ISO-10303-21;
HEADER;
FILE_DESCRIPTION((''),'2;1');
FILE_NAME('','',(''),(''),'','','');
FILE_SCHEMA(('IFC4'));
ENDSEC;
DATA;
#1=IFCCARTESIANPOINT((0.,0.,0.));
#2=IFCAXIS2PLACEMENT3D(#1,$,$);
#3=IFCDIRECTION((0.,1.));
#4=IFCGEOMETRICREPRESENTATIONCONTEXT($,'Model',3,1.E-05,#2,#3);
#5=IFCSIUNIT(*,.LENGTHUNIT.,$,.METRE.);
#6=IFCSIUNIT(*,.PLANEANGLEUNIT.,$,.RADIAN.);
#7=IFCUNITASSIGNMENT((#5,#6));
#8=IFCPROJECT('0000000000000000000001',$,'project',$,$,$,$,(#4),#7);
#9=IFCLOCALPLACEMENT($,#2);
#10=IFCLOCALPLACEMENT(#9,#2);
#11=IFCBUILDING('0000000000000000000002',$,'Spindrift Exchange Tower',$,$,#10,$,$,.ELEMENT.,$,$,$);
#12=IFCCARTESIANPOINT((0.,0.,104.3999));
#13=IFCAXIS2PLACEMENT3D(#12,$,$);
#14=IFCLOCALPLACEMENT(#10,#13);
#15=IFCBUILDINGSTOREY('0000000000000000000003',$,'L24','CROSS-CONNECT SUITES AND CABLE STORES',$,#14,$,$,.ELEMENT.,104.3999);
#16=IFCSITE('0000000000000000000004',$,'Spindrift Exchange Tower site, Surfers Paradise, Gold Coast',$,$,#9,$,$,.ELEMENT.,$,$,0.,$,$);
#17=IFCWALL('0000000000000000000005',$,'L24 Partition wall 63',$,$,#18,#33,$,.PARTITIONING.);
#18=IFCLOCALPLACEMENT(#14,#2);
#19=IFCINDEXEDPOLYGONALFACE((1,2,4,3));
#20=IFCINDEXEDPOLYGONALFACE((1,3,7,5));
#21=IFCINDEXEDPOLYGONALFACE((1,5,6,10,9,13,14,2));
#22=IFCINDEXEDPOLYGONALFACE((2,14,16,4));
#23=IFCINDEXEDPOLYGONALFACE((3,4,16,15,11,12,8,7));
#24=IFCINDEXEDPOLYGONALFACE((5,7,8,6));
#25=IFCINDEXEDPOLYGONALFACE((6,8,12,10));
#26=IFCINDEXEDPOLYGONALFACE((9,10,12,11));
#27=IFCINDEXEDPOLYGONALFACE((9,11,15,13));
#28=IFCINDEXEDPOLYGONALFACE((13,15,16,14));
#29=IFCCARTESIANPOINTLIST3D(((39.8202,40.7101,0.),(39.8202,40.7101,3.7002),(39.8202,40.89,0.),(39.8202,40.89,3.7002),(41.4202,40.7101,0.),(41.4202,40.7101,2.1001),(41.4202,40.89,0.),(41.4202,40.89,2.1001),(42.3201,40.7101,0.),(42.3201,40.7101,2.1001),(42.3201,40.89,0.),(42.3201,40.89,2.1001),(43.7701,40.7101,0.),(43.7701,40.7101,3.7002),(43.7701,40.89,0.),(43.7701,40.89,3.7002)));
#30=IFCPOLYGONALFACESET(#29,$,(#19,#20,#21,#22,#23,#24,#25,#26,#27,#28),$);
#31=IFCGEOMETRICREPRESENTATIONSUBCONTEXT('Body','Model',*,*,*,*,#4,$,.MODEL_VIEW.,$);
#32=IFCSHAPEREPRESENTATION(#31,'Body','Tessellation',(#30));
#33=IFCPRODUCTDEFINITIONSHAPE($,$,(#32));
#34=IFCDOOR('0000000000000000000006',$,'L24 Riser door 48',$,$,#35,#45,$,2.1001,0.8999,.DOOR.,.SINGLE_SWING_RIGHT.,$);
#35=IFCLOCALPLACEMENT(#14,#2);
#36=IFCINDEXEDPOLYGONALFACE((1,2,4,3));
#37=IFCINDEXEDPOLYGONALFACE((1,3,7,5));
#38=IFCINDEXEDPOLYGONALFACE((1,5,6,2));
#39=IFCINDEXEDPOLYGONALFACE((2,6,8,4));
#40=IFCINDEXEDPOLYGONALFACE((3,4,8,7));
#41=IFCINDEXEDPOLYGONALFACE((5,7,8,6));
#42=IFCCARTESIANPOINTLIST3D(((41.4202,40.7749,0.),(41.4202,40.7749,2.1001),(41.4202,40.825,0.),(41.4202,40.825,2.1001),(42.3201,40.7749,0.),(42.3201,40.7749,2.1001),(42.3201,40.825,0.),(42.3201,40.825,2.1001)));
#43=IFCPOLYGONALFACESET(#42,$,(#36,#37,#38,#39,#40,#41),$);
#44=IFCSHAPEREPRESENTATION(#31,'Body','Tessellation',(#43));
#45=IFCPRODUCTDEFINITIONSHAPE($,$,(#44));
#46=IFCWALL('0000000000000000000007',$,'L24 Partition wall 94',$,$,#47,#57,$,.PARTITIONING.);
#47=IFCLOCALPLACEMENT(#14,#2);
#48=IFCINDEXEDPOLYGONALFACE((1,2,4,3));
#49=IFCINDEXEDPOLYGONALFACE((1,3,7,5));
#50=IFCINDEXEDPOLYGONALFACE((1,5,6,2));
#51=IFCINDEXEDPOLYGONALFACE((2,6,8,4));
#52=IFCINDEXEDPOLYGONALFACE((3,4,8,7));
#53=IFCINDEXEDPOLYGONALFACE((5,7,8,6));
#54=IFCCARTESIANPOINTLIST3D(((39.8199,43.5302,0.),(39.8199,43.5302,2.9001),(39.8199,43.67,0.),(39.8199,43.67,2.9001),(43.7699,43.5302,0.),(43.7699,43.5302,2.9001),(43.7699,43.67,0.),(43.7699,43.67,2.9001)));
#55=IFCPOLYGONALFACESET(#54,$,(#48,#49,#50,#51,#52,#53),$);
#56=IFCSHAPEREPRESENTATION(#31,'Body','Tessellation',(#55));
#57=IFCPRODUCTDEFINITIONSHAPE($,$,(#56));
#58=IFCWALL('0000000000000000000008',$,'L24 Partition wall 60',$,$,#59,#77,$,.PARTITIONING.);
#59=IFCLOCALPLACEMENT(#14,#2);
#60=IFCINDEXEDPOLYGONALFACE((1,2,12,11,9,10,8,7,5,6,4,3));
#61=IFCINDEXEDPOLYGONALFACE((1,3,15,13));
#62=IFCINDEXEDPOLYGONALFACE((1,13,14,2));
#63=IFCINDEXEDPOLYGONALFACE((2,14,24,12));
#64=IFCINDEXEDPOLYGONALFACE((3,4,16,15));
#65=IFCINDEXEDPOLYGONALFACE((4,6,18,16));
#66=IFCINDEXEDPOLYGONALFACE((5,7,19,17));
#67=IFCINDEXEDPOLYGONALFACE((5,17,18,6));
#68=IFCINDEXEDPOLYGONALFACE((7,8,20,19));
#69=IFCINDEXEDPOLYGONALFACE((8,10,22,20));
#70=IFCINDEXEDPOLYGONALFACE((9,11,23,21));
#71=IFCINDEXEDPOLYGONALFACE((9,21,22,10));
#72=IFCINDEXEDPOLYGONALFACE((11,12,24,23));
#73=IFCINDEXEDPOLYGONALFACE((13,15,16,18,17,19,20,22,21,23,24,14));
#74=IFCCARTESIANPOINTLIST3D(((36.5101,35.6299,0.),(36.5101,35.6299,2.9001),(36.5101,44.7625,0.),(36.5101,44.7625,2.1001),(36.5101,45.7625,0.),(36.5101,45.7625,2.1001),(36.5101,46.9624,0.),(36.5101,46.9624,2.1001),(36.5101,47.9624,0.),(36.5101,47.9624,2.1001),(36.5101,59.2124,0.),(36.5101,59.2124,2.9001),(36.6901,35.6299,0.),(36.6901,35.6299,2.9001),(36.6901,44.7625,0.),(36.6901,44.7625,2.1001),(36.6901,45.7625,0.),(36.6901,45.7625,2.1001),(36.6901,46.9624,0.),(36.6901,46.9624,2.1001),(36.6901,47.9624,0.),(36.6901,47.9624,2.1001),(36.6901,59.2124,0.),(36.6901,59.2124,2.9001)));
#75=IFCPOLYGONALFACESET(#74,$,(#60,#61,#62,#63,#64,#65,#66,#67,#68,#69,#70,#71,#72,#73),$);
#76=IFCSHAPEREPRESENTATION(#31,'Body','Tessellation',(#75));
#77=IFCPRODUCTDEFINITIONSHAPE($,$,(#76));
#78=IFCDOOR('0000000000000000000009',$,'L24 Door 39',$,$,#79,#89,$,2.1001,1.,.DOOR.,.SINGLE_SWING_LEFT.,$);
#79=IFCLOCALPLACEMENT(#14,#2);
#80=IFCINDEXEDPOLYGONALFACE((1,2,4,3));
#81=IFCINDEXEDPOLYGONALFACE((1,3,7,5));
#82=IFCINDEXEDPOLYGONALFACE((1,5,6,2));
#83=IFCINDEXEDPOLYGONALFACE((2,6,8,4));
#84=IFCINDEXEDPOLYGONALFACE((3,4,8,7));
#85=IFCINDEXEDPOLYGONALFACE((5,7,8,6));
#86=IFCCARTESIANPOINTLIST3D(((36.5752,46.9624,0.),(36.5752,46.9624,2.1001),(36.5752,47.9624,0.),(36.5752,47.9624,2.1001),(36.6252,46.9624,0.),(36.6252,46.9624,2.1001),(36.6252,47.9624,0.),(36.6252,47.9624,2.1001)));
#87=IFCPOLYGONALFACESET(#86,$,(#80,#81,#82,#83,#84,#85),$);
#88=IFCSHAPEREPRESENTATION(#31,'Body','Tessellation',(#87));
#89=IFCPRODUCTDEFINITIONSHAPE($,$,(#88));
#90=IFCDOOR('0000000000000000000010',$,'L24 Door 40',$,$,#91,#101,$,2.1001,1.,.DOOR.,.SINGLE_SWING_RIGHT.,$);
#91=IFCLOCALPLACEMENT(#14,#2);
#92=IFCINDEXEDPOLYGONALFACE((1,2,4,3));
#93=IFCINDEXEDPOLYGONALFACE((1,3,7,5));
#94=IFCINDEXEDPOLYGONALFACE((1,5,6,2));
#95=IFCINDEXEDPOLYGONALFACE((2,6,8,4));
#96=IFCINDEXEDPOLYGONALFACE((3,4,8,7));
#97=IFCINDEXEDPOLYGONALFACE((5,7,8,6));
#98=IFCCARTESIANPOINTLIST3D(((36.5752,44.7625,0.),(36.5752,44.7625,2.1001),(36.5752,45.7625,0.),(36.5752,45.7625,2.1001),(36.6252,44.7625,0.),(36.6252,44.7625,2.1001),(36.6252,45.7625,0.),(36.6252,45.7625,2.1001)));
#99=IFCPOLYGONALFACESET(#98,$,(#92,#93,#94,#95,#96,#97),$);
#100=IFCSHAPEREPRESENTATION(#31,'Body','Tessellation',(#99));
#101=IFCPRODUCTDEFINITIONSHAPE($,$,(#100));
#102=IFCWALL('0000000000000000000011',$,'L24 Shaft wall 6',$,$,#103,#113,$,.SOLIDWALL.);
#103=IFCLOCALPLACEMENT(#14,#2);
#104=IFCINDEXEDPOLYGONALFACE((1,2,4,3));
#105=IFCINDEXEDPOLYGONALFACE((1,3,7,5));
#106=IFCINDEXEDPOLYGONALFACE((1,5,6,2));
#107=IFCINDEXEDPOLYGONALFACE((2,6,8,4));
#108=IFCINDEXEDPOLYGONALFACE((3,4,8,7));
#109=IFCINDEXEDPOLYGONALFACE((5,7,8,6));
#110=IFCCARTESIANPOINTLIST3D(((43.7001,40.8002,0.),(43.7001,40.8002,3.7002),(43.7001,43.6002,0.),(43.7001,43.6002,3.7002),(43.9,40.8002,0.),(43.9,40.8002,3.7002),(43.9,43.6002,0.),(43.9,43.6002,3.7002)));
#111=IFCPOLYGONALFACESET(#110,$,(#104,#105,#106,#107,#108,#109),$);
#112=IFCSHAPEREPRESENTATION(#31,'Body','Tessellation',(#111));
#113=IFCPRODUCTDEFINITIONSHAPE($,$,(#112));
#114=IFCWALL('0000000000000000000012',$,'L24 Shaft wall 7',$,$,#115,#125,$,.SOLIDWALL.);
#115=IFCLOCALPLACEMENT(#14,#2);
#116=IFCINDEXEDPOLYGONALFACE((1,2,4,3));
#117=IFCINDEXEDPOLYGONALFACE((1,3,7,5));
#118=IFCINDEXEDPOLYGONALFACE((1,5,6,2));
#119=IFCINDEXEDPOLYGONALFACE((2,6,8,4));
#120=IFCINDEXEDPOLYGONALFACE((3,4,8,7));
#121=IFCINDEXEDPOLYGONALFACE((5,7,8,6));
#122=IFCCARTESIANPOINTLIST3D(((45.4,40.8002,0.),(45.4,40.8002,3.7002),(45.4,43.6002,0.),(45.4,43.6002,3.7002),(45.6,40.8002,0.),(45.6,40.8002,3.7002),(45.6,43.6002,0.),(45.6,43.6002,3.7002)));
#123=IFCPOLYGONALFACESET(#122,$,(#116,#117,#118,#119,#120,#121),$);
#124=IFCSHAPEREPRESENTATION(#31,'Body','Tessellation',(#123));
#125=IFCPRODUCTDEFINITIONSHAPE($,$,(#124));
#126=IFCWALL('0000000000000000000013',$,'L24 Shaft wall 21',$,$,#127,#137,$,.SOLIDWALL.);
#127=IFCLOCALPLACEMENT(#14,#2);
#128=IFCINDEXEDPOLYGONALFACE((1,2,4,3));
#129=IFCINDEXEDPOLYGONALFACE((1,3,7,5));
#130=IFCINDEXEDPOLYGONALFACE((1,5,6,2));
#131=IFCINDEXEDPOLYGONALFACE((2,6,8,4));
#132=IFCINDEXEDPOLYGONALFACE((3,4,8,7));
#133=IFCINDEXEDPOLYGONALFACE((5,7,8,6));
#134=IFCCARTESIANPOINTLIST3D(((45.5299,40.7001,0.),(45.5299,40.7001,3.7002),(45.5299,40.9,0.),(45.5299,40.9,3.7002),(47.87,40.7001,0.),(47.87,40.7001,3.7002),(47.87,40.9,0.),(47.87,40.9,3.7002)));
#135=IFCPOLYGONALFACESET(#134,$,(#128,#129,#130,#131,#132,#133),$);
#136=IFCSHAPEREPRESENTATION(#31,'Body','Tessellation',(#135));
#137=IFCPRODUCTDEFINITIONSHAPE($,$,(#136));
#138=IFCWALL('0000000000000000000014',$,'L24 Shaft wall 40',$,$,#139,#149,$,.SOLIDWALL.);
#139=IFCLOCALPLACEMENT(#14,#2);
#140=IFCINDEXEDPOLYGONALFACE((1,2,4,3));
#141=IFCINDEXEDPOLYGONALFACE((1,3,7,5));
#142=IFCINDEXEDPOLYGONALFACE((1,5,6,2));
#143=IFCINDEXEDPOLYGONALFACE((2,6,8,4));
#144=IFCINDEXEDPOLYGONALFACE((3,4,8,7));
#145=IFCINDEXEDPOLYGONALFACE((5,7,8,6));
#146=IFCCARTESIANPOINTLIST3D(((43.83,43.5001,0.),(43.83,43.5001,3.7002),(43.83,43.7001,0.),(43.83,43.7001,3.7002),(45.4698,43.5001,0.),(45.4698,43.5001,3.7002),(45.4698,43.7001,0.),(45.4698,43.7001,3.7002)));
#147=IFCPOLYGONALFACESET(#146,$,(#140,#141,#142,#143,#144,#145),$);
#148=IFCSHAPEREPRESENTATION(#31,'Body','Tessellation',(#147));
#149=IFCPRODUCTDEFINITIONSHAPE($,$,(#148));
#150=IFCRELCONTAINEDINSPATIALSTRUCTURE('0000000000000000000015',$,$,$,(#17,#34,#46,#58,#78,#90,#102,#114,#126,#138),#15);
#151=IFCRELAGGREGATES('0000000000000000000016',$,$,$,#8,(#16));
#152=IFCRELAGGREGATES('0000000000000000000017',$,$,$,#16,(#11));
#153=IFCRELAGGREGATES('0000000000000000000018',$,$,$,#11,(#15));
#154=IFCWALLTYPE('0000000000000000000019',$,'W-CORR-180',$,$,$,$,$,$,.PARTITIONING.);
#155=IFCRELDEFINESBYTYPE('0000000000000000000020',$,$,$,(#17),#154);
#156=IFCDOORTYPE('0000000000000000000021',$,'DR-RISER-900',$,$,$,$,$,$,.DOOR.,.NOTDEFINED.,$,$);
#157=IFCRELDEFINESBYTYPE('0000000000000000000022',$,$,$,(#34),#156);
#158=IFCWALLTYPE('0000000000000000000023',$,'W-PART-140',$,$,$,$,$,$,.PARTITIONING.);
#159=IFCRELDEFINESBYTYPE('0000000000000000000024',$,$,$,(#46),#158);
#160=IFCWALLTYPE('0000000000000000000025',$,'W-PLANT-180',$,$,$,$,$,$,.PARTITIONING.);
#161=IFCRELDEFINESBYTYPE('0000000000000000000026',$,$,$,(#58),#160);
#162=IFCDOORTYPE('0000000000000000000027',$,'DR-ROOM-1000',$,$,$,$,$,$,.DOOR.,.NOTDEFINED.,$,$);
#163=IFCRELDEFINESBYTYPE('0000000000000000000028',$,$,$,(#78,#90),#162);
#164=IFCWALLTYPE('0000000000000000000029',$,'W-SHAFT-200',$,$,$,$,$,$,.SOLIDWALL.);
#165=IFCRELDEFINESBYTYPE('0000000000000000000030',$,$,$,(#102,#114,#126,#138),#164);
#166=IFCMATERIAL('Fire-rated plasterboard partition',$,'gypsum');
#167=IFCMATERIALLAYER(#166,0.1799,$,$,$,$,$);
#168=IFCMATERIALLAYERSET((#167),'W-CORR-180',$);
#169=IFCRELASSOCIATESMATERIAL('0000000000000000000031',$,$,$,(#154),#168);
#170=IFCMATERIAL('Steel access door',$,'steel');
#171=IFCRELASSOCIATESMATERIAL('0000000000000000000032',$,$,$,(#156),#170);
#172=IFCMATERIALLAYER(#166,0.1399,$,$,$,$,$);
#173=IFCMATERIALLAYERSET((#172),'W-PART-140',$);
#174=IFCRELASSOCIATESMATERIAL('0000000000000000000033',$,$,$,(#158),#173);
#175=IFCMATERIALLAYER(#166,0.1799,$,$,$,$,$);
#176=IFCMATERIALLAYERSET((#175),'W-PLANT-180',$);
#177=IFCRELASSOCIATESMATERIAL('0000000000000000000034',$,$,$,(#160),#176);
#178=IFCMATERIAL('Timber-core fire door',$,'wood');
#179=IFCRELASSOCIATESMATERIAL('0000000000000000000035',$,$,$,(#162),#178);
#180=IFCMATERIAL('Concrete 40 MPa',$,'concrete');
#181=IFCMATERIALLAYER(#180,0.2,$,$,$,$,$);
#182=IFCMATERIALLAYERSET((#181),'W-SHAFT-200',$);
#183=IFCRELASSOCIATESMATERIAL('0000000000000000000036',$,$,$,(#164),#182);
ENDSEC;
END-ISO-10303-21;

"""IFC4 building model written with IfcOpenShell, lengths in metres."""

from ifc_helpers import new_model, si_unit, direction, frame, frame_2d, origin, place, context, subcontext, project, spatial, rectangle, extrude, source, transform, mapped, material, layer, layer_set, type_object, element, fill, save


model = new_model("IFC4")

# Units and contexts
model_context = context("Model", 3, precision=1e-05, world=origin(), true_north=direction((0.0, 1.0)))
body_context = subcontext(model_context, "Body", "Model", "MODEL_VIEW")
ifc_project = project(units=[si_unit("LENGTHUNIT", "METRE"), si_unit("PLANEANGLEUNIT", "RADIAN")], contexts=[model_context])

# Site, building, storey
site_placement = place(None, origin())
site = spatial("IfcSite", under=ifc_project, at=site_placement, Name="Spindrift Exchange Tower site, Surfers Paradise, Gold Coast", CompositionType="ELEMENT", RefElevation=0.0)
building_placement = place(site_placement, origin())
building = spatial("IfcBuilding", under=site, at=building_placement, Name="Spindrift Exchange Tower", CompositionType="ELEMENT")
storey_placement = place(building_placement, frame((0.0, 0.0, 104.3999)))
storey = spatial("IfcBuildingStorey", under=building, at=storey_placement, Name="L24", Description="CROSS-CONNECT SUITES AND CABLE STORES", CompositionType="ELEMENT", Elevation=104.3999)

# Wall, opening, door
ifc_material_1 = material(Name="Fire-rated plasterboard partition", Category="gypsum")
ifc_layer_1 = layer(ifc_material_1, 0.1799)
ifc_layer_set_1 = layer_set([ifc_layer_1], Name="W-CORR-180")
wall_type_1 = type_object("IfcWallType", Name="W-CORR-180", PredefinedType="PARTITIONING", material=ifc_layer_set_1)
wall_1_placement = place(storey_placement, frame((39.8201, 40.8, 0.0), z_axis=(0.0, 0.0, 1.0), x_axis=(1.0, 0.0, 0.0)))
wall_1 = element("IfcWall", 1, at=wall_1_placement, inside=storey, type_object=wall_type_1, Name="L24 Partition wall 63", PredefinedType="PARTITIONING", context=body_context, shape_type="SweptSolid", body=[
    extrude(rectangle(XDim=3.95, YDim=0.1799, at=frame_2d((1.9751, 0.0))), origin(), (0.0, 0.0, 1.0), 3.7002),
])
opening_1_placement = place(wall_1_placement, frame((1.6001, 0.0, 0.0)))
opening_1 = element("IfcOpeningElement", 2, at=opening_1_placement, cuts=wall_1, PredefinedType="OPENING", context=body_context, shape_type="SweptSolid", body=[
    extrude(rectangle(XDim=0.8999, YDim=2.1001, at=frame_2d((0.45, 1.05))), frame((0.0, 0.0999, 0.0), z_axis=(0.0, -1.0, 0.0), x_axis=(1.0, 0.0, 0.0)), (0.0, 0.0, 1.0), 0.2),
])
ifc_material_2 = material(Name="Steel access door", Category="steel")
door_type_1 = type_object("IfcDoorType", Name="DR-RISER-900", OperationType="NOTDEFINED", PredefinedType="DOOR", material=ifc_material_2)
shared_shape_1 = source(origin(), body_context, "Body", "SweptSolid", [
    extrude(rectangle(XDim=0.8999, YDim=2.1001, at=frame_2d((0.45, 1.05))), frame((0.0, 0.0249, 0.0), z_axis=(0.0, -1.0, 0.0), x_axis=(1.0, 0.0, 0.0)), (0.0, 0.0, 1.0), 0.05),
])
door_1_placement = place(opening_1_placement, origin())
door_1 = element("IfcDoor", 3, at=door_1_placement, inside=storey, type_object=door_type_1, Name="L24 Riser door 48", OperationType="SINGLE_SWING_RIGHT", OverallHeight=2.1001, OverallWidth=0.8999, PredefinedType="DOOR", context=body_context, shape_type="MappedRepresentation", body=[
    mapped(shared_shape_1, transform((0.0, 0.0, 0.0), scale=1.0)),
])
fill(opening_1, door_1)

# Wall
ifc_layer_2 = layer(ifc_material_1, 0.1399)
ifc_layer_set_2 = layer_set([ifc_layer_2], Name="W-PART-140")
wall_type_2 = type_object("IfcWallType", Name="W-PART-140", PredefinedType="PARTITIONING", material=ifc_layer_set_2)
wall_2_placement = place(storey_placement, frame((43.77, 43.6001, 0.0), z_axis=(0.0, 0.0, 1.0), x_axis=(-1.0, 0.0, 0.0)))
element("IfcWall", 4, at=wall_2_placement, inside=storey, type_object=wall_type_2, Name="L24 Partition wall 94", PredefinedType="PARTITIONING", context=body_context, shape_type="SweptSolid", body=[
    extrude(rectangle(XDim=3.95, YDim=0.1399, at=frame_2d((1.9751, 0.0))), origin(), (0.0, 0.0, 1.0), 2.9001),
])

# Wall, openings, doors
ifc_layer_3 = layer(ifc_material_1, 0.1799)
ifc_layer_set_3 = layer_set([ifc_layer_3], Name="W-PLANT-180")
wall_type_3 = type_object("IfcWallType", Name="W-PLANT-180", PredefinedType="PARTITIONING", material=ifc_layer_set_3)
wall_3_placement = place(storey_placement, frame((36.6001, 35.6299, 0.0), z_axis=(0.0, 0.0, 1.0), x_axis=(0.0, 1.0, 0.0)))
wall_3 = element("IfcWall", 5, at=wall_3_placement, inside=storey, type_object=wall_type_3, Name="L24 Partition wall 60", PredefinedType="PARTITIONING", context=body_context, shape_type="SweptSolid", body=[
    extrude(rectangle(XDim=23.5825, YDim=0.1799, at=frame_2d((11.7913, 0.0))), origin(), (0.0, 0.0, 1.0), 2.9001),
])
opening_2_placement = place(wall_3_placement, frame((11.3325, 0.0, 0.0)))
opening_2 = element("IfcOpeningElement", 6, at=opening_2_placement, cuts=wall_3, PredefinedType="OPENING", context=body_context, shape_type="SweptSolid", body=[
    extrude(rectangle(XDim=1.0, YDim=2.1001, at=frame_2d((0.5, 1.05))), frame((0.0, 0.0999, 0.0), z_axis=(0.0, -1.0, 0.0), x_axis=(1.0, 0.0, 0.0)), (0.0, 0.0, 1.0), 0.2),
])
opening_3_placement = place(wall_3_placement, frame((9.1326, 0.0, 0.0)))
opening_3 = element("IfcOpeningElement", 7, at=opening_3_placement, cuts=wall_3, PredefinedType="OPENING", context=body_context, shape_type="SweptSolid", body=[
    extrude(rectangle(XDim=1.0, YDim=2.1001, at=frame_2d((0.5, 1.05))), frame((0.0, 0.0999, 0.0), z_axis=(0.0, -1.0, 0.0), x_axis=(1.0, 0.0, 0.0)), (0.0, 0.0, 1.0), 0.2),
])
ifc_material_3 = material(Name="Timber-core fire door", Category="wood")
door_type_2 = type_object("IfcDoorType", Name="DR-ROOM-1000", OperationType="NOTDEFINED", PredefinedType="DOOR", material=ifc_material_3)
shared_shape_2 = source(origin(), body_context, "Body", "SweptSolid", [
    extrude(rectangle(XDim=1.0, YDim=2.1001, at=frame_2d((0.5, 1.05))), frame((0.0, 0.0249, 0.0), z_axis=(0.0, -1.0, 0.0), x_axis=(1.0, 0.0, 0.0)), (0.0, 0.0, 1.0), 0.05),
])
door_2_placement = place(opening_2_placement, origin())
door_2 = element("IfcDoor", 8, at=door_2_placement, inside=storey, type_object=door_type_2, Name="L24 Door 39", OperationType="SINGLE_SWING_LEFT", OverallHeight=2.1001, OverallWidth=1.0, PredefinedType="DOOR", context=body_context, shape_type="MappedRepresentation", body=[
    mapped(shared_shape_2, transform((0.0, 0.0, 0.0), scale=1.0)),
])
fill(opening_2, door_2)
door_3_placement = place(opening_3_placement, origin())
door_3 = element("IfcDoor", 9, at=door_3_placement, inside=storey, type_object=door_type_2, Name="L24 Door 40", OperationType="SINGLE_SWING_RIGHT", OverallHeight=2.1001, OverallWidth=1.0, PredefinedType="DOOR", context=body_context, shape_type="MappedRepresentation", body=[
    mapped(shared_shape_2, transform((0.0, 0.0, 0.0), scale=1.0)),
])
fill(opening_3, door_3)

# Walls
ifc_material_4 = material(Name="Concrete 40 MPa", Category="concrete")
ifc_layer_4 = layer(ifc_material_4, 0.2)
ifc_layer_set_4 = layer_set([ifc_layer_4], Name="W-SHAFT-200")
wall_type_4 = type_object("IfcWallType", Name="W-SHAFT-200", PredefinedType="SOLIDWALL", material=ifc_layer_set_4)
for number, where, z_axis, x_axis, name in (
    (10, (43.8, 43.6001, 0.0), (0.0, 0.0, 1.0), (0.0, -1.0, 0.0), "L24 Shaft wall 6"),
    (11, (45.5, 43.6001, 0.0), (0.0, 0.0, 1.0), (0.0, -1.0, 0.0), "L24 Shaft wall 7"),
):
    element("IfcWall", number, at=place(storey_placement, frame(where, z_axis=z_axis, x_axis=x_axis)), inside=storey, type_object=wall_type_4, Name=name, PredefinedType="SOLIDWALL", context=body_context, shape_type="SweptSolid", body=[
        extrude(rectangle(XDim=2.8, YDim=0.2, at=frame_2d((1.3999, 0.0))), origin(), (0.0, 0.0, 1.0), 3.7002),
    ])
wall_4_placement = place(storey_placement, frame((45.53, 40.8, 0.0), z_axis=(0.0, 0.0, 1.0), x_axis=(1.0, 0.0, 0.0)))
element("IfcWall", 12, at=wall_4_placement, inside=storey, type_object=wall_type_4, Name="L24 Shaft wall 21", PredefinedType="SOLIDWALL", context=body_context, shape_type="SweptSolid", body=[
    extrude(rectangle(XDim=2.3401, YDim=0.2, at=frame_2d((1.1699, 0.0))), origin(), (0.0, 0.0, 1.0), 3.7002),
])
wall_5_placement = place(storey_placement, frame((43.8301, 43.6001, 0.0), z_axis=(0.0, 0.0, 1.0), x_axis=(1.0, 0.0, 0.0)))
element("IfcWall", 13, at=wall_5_placement, inside=storey, type_object=wall_type_4, Name="L24 Shaft wall 40", PredefinedType="SOLIDWALL", context=body_context, shape_type="SweptSolid", body=[
    extrude(rectangle(XDim=1.6399, YDim=0.2, at=frame_2d((0.8198, 0.0))), origin(), (0.0, 0.0, 1.0), 3.7002),
])

save(model, "model.ifc")
